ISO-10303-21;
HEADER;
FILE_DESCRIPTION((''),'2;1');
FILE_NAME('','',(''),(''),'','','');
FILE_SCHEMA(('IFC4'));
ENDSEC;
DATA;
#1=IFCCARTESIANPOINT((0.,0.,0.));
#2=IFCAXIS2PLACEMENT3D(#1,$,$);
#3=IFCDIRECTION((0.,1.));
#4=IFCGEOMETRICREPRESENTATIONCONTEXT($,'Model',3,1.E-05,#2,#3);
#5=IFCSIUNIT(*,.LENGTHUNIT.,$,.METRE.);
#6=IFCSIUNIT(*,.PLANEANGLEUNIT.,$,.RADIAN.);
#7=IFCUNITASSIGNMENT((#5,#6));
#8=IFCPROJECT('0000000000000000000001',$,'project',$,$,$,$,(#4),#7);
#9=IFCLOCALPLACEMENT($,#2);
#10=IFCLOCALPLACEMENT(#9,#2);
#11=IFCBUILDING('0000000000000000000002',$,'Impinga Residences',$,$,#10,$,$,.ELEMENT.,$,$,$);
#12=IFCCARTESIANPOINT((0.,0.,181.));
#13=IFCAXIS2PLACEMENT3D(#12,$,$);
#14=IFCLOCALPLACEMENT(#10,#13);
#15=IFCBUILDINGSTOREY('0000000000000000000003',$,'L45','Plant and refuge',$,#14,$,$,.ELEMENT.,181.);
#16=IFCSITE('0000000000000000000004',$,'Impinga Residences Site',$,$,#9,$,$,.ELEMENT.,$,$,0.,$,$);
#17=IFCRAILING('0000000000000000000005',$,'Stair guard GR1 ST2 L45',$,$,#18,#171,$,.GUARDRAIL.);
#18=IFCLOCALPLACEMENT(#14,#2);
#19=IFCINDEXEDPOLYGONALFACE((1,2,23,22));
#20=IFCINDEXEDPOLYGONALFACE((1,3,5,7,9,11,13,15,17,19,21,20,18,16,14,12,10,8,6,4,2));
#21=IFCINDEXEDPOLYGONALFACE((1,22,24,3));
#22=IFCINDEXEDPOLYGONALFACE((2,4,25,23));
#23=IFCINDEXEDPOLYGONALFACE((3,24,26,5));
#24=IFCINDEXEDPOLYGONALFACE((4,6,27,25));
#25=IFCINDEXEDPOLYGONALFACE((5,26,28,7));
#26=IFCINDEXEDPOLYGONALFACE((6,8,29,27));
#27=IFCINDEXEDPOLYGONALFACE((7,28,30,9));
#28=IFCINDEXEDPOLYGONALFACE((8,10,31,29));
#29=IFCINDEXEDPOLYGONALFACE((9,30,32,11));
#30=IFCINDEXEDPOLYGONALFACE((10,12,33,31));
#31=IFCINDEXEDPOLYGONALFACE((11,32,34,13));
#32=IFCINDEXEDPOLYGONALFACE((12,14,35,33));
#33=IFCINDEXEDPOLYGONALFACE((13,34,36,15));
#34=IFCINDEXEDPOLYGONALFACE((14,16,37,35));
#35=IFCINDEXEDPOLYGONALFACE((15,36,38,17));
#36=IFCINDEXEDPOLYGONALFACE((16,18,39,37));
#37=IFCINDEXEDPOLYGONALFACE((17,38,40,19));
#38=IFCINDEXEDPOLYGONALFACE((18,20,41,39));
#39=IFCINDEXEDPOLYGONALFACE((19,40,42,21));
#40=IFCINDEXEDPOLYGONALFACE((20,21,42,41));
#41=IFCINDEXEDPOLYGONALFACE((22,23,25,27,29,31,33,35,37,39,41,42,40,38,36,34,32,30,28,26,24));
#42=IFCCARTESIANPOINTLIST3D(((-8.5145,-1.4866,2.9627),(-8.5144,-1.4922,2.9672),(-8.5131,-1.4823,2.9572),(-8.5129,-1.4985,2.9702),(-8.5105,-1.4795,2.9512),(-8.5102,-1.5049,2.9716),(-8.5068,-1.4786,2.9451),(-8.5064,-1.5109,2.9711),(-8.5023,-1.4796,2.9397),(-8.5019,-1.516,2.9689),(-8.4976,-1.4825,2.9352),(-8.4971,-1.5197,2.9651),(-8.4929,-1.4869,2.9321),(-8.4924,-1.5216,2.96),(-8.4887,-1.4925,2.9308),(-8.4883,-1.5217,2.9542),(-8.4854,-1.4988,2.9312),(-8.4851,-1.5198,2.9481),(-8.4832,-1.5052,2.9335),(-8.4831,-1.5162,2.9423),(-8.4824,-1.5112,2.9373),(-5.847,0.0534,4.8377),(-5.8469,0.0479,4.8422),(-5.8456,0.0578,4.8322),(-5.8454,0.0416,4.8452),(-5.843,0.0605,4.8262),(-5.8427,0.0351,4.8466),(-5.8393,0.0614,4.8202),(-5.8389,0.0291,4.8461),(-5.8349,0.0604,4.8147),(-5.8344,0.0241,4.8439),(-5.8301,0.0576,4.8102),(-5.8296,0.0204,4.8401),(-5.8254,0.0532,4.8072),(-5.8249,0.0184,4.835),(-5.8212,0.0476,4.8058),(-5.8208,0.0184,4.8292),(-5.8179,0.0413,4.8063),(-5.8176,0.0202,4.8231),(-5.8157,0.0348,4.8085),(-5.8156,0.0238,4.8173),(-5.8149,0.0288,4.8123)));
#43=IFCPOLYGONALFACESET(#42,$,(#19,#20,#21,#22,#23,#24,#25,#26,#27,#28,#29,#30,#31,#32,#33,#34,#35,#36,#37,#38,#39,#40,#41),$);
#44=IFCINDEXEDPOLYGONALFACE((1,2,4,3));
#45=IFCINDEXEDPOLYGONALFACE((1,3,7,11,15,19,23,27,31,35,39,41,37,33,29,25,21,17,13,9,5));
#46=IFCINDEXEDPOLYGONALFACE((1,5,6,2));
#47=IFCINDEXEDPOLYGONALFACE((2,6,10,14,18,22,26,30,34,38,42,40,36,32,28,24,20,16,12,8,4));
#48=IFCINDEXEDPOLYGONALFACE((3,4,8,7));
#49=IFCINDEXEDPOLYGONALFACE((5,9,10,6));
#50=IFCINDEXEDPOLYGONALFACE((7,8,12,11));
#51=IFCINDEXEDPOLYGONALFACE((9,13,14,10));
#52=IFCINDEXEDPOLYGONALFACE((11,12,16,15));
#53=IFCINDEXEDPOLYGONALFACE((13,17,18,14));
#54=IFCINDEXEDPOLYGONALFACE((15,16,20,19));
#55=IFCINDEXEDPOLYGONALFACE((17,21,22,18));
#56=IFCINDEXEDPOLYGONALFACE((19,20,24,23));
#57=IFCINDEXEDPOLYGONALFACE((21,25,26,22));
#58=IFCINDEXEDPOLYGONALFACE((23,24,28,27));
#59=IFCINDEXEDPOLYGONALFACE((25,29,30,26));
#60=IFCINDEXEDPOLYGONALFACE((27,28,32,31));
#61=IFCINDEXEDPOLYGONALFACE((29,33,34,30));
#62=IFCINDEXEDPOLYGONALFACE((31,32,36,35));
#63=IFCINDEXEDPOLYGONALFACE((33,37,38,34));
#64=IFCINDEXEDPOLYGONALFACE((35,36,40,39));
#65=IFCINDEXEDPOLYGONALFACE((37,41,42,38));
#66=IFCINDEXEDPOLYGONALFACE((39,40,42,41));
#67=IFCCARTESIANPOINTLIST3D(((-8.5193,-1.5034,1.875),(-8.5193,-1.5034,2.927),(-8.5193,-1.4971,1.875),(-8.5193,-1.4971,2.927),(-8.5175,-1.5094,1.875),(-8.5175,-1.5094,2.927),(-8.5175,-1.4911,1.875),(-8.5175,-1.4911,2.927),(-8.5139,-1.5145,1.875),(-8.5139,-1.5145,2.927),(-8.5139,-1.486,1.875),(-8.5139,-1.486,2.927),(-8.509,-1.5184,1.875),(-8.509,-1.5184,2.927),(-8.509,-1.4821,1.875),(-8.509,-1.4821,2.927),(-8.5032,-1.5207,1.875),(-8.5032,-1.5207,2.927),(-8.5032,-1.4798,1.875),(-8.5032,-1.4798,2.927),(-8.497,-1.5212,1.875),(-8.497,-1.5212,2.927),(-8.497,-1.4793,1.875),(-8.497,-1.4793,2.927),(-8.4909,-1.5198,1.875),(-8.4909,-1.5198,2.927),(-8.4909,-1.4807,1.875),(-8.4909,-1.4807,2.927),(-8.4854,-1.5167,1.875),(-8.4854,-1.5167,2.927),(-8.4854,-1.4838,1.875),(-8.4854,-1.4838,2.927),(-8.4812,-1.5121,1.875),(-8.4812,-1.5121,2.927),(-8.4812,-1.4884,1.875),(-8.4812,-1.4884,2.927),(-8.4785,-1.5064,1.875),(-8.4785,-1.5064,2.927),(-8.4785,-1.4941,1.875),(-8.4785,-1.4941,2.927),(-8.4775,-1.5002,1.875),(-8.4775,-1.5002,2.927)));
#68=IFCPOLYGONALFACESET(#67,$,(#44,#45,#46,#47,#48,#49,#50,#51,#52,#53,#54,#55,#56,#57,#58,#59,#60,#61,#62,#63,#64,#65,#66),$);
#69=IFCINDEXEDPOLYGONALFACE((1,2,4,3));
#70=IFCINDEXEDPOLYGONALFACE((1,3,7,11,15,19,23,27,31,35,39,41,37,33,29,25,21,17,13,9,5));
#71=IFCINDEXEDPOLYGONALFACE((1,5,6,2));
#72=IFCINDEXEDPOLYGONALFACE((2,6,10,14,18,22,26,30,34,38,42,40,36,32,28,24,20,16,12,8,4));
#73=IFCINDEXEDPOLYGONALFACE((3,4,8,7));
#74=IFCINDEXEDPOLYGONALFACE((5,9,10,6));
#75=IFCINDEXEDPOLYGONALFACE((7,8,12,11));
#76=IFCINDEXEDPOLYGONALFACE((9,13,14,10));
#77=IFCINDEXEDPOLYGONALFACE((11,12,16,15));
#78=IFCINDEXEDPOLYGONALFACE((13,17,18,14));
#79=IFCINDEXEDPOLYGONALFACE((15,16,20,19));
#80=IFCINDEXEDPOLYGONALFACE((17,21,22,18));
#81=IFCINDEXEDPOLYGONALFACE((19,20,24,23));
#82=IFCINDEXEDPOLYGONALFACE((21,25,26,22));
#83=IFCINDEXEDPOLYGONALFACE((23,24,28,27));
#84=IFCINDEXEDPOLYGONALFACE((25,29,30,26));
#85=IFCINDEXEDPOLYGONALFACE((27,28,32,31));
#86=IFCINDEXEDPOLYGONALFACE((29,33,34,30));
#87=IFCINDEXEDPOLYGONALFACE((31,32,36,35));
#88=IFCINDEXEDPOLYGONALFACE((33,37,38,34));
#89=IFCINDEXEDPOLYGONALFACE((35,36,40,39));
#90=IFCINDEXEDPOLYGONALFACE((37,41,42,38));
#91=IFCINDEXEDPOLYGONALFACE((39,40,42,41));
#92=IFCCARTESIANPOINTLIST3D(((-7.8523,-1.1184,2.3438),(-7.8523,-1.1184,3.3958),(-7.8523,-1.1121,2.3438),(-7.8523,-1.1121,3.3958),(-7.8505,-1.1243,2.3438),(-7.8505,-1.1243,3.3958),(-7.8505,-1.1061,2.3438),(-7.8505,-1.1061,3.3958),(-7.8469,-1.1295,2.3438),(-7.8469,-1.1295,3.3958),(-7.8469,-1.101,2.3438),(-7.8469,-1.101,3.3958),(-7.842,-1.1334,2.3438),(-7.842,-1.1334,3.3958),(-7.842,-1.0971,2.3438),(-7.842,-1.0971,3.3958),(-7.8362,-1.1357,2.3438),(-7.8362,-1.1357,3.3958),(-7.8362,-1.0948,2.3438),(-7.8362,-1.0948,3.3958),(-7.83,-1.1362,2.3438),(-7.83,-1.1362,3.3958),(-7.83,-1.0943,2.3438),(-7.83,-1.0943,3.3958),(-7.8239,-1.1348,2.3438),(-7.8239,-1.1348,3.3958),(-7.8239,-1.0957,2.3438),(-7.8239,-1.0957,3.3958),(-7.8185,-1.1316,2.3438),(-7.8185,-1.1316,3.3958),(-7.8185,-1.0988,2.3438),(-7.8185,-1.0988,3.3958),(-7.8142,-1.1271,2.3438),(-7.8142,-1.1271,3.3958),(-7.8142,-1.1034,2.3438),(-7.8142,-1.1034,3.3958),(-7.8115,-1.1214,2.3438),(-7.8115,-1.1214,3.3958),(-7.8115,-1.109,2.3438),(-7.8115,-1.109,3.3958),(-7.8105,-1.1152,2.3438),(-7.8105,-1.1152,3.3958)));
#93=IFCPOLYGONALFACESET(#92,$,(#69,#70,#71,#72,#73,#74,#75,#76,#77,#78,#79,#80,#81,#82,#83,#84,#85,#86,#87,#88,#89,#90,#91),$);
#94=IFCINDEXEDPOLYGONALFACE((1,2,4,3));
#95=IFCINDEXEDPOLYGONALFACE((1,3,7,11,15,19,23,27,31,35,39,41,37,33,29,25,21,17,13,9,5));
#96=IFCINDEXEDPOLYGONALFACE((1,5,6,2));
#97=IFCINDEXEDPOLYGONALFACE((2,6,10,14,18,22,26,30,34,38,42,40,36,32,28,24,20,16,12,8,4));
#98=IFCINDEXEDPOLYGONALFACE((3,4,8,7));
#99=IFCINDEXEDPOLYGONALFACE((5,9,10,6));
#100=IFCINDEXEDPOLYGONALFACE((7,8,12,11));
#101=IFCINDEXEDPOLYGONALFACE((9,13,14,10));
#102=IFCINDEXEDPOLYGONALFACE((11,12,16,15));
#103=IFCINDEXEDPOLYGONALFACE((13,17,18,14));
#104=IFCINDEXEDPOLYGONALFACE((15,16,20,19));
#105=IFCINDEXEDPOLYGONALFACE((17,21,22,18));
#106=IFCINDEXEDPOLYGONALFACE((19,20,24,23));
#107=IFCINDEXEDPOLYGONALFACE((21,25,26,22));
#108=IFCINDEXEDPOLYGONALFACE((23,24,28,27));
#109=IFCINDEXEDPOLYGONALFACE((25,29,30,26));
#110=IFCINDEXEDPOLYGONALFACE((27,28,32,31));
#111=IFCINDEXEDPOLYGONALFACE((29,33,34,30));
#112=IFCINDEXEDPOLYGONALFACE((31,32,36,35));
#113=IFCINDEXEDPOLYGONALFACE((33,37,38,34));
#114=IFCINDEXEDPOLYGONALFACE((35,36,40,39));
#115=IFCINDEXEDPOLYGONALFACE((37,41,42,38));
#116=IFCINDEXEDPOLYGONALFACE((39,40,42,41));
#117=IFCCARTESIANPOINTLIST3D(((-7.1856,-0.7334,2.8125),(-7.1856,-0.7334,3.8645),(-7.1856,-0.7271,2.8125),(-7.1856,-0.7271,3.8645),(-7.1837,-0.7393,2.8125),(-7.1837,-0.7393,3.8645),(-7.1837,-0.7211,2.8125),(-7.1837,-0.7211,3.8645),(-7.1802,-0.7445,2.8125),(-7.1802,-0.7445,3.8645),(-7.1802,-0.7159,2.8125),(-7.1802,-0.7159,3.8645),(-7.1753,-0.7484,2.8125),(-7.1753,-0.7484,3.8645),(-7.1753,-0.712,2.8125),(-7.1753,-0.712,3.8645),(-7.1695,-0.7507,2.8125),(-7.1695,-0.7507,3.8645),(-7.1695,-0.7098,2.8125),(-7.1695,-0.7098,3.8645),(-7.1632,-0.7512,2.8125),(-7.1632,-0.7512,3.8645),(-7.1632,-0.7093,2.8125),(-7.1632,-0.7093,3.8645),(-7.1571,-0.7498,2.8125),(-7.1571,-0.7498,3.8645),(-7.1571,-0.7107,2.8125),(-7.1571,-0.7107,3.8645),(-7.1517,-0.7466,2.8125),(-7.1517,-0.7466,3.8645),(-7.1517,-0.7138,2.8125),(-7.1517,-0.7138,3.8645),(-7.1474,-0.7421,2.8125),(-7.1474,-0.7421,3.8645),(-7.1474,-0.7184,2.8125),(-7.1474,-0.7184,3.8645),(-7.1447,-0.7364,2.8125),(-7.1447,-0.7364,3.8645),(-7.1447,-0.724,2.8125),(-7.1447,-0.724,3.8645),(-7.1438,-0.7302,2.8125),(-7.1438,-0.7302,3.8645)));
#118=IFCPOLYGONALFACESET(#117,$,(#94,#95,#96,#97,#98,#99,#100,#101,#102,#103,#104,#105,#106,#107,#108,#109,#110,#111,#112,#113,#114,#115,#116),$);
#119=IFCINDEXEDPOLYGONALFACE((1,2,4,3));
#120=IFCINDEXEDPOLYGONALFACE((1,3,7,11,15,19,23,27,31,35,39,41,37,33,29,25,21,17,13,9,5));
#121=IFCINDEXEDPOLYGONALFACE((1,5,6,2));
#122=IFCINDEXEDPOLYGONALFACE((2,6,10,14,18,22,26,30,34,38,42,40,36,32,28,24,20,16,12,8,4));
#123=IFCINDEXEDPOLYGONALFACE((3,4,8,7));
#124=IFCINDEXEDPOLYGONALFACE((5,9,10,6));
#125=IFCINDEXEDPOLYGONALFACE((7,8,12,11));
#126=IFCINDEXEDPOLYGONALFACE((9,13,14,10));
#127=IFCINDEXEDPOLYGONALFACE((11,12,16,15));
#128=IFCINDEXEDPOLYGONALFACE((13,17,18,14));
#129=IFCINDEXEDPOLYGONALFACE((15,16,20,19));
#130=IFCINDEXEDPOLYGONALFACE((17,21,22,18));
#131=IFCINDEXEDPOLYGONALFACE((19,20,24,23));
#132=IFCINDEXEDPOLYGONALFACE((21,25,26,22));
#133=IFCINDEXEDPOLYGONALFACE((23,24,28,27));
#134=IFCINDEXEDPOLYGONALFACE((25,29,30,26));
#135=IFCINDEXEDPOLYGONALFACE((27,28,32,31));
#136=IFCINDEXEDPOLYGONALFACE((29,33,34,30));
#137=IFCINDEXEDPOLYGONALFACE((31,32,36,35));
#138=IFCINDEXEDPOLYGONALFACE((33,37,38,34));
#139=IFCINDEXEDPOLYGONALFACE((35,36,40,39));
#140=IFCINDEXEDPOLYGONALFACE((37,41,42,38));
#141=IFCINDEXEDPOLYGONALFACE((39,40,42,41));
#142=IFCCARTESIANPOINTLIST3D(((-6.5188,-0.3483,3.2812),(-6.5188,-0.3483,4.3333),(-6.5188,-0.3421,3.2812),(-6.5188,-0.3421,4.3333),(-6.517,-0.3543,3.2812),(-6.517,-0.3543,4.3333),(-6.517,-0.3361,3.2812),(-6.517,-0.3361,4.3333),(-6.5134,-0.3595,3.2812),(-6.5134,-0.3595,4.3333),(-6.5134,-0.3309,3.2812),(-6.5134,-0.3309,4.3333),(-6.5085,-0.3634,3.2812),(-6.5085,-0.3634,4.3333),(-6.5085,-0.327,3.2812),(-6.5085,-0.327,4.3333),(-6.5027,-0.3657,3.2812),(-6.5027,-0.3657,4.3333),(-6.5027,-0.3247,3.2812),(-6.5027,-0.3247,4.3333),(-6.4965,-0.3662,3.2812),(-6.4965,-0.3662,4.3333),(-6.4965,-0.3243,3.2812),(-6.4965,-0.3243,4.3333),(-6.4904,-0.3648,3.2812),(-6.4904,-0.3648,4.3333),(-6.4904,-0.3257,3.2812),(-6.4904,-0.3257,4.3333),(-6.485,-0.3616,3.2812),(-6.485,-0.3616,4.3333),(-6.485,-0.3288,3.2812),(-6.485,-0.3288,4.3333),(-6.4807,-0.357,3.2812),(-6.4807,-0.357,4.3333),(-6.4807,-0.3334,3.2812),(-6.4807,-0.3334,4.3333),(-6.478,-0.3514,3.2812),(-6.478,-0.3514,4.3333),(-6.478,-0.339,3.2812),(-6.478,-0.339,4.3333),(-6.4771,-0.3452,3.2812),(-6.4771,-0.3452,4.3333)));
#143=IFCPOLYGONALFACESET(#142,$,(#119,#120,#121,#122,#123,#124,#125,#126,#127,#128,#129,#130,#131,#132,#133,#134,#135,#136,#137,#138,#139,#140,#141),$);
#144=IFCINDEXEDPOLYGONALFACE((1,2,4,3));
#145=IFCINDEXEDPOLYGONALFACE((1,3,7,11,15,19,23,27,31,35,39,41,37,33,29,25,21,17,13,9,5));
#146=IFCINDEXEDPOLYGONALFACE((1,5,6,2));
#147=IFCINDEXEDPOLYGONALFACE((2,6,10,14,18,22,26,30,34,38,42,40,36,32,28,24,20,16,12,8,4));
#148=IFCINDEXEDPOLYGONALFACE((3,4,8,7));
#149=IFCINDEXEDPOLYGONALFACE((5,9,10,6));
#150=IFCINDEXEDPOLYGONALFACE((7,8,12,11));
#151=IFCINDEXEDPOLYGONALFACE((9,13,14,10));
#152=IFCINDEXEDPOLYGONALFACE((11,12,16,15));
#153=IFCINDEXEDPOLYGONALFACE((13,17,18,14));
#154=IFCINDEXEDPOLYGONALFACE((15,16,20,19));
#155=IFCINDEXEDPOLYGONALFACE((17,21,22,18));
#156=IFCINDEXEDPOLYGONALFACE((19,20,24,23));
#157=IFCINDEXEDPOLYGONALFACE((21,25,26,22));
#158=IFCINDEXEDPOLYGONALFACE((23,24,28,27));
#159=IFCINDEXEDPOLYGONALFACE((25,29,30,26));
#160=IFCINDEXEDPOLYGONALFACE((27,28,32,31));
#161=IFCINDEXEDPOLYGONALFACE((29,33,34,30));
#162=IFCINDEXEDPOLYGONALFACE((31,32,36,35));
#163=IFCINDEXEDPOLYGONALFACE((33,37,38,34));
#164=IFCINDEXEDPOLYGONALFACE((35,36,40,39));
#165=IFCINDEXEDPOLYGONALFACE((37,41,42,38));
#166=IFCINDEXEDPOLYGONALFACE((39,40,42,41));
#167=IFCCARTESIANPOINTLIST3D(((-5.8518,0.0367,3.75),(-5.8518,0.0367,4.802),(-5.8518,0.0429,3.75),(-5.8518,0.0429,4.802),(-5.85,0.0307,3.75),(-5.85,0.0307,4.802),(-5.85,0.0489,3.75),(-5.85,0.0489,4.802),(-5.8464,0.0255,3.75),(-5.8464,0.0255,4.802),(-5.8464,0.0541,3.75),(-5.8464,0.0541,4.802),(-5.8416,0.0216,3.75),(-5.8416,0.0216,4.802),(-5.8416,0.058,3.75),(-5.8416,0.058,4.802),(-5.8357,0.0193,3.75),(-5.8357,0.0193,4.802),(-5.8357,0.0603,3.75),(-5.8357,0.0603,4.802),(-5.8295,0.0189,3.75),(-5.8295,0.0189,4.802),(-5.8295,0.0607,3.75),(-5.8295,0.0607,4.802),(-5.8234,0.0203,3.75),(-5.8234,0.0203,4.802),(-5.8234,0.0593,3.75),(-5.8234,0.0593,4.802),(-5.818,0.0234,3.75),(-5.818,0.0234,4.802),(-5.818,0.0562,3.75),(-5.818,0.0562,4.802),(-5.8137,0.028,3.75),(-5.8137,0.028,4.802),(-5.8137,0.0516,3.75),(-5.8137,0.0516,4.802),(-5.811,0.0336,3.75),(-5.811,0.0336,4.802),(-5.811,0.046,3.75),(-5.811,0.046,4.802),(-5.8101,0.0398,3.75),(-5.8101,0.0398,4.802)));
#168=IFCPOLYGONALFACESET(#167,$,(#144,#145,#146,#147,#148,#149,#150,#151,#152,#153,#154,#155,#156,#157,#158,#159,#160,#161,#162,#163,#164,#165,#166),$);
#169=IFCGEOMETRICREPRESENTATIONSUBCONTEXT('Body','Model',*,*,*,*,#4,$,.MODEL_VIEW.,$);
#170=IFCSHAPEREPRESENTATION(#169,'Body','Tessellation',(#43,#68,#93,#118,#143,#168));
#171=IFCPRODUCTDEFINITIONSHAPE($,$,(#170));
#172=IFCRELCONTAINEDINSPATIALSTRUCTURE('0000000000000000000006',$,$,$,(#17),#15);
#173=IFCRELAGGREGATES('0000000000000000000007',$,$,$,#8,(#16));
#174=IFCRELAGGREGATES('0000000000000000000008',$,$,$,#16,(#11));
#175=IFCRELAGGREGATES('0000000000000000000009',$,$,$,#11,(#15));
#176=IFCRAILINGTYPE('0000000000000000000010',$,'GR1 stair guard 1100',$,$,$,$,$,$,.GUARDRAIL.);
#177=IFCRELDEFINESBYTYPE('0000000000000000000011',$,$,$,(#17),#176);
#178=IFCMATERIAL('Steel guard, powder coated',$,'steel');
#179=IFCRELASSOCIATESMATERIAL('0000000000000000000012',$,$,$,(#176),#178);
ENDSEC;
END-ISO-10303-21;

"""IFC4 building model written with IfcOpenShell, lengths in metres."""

from ifc_helpers import new_model, si_unit, direction, frame, origin, origin_2d, place, context, subcontext, project, spatial, circle, extrude, material, type_object, element, save


model = new_model("IFC4")

# Units and contexts
model_context = context("Model", 3, precision=1e-05, world=origin(), true_north=direction((0.0, 1.0)))
body_context = subcontext(model_context, "Body", "Model", "MODEL_VIEW")
ifc_project = project(units=[si_unit("LENGTHUNIT", "METRE"), si_unit("PLANEANGLEUNIT", "RADIAN")], contexts=[model_context])

# Site, building, storey
site_placement = place(None, origin())
site = spatial("IfcSite", under=ifc_project, at=site_placement, Name="Impinga Residences Site", CompositionType="ELEMENT", RefElevation=0.0)
building_placement = place(site_placement, origin())
building = spatial("IfcBuilding", under=site, at=building_placement, Name="Impinga Residences", CompositionType="ELEMENT")
storey_placement = place(building_placement, frame((0.0, 0.0, 181.0)))
storey = spatial("IfcBuildingStorey", under=building, at=storey_placement, Name="L45", Description="Plant and refuge", CompositionType="ELEMENT", Elevation=181.0)

# Railing
ifc_material_1 = material(Name="Steel guard, powder coated", Category="steel")
railing_type_1 = type_object("IfcRailingType", Name="GR1 stair guard 1100", PredefinedType="GUARDRAIL", material=ifc_material_1)
for number, where, name in (
    (1, (-8.4985, -1.5002, 1.875), "Stair guard GR1 ST2 L45"),
):
    element("IfcRailing", number, at=place(storey_placement, frame(where)), inside=storey, type_object=railing_type_1, Name=name, PredefinedType="GUARDRAIL", context=body_context, shape_type="SweptSolid", body=[
        extrude(circle(Radius=0.0239, at=origin_2d()), frame((0.0, 0.0, 1.0762), z_axis=(0.739746, 0.427084, 0.519975), x_axis=(-0.499992, 0.86603, 0.0)), (0.0, 0.0, 1.0), 3.606),
        extrude(circle(Radius=0.021, at=origin_2d()), origin(), (0.0, 0.0, 1.0), 1.052),
        extrude(circle(Radius=0.021, at=origin_2d()), frame((0.667, 0.385, 0.4688)), (0.0, 0.0, 1.0), 1.052),
        extrude(circle(Radius=0.021, at=origin_2d()), frame((1.3337, 0.77, 0.9375)), (0.0, 0.0, 1.0), 1.052),
        extrude(circle(Radius=0.021, at=origin_2d()), frame((2.0005, 1.155, 1.4062)), (0.0, 0.0, 1.0), 1.052),
        extrude(circle(Radius=0.021, at=origin_2d()), frame((2.6675, 1.54, 1.875)), (0.0, 0.0, 1.0), 1.052),
    ])

save(model, "model.ifc")
